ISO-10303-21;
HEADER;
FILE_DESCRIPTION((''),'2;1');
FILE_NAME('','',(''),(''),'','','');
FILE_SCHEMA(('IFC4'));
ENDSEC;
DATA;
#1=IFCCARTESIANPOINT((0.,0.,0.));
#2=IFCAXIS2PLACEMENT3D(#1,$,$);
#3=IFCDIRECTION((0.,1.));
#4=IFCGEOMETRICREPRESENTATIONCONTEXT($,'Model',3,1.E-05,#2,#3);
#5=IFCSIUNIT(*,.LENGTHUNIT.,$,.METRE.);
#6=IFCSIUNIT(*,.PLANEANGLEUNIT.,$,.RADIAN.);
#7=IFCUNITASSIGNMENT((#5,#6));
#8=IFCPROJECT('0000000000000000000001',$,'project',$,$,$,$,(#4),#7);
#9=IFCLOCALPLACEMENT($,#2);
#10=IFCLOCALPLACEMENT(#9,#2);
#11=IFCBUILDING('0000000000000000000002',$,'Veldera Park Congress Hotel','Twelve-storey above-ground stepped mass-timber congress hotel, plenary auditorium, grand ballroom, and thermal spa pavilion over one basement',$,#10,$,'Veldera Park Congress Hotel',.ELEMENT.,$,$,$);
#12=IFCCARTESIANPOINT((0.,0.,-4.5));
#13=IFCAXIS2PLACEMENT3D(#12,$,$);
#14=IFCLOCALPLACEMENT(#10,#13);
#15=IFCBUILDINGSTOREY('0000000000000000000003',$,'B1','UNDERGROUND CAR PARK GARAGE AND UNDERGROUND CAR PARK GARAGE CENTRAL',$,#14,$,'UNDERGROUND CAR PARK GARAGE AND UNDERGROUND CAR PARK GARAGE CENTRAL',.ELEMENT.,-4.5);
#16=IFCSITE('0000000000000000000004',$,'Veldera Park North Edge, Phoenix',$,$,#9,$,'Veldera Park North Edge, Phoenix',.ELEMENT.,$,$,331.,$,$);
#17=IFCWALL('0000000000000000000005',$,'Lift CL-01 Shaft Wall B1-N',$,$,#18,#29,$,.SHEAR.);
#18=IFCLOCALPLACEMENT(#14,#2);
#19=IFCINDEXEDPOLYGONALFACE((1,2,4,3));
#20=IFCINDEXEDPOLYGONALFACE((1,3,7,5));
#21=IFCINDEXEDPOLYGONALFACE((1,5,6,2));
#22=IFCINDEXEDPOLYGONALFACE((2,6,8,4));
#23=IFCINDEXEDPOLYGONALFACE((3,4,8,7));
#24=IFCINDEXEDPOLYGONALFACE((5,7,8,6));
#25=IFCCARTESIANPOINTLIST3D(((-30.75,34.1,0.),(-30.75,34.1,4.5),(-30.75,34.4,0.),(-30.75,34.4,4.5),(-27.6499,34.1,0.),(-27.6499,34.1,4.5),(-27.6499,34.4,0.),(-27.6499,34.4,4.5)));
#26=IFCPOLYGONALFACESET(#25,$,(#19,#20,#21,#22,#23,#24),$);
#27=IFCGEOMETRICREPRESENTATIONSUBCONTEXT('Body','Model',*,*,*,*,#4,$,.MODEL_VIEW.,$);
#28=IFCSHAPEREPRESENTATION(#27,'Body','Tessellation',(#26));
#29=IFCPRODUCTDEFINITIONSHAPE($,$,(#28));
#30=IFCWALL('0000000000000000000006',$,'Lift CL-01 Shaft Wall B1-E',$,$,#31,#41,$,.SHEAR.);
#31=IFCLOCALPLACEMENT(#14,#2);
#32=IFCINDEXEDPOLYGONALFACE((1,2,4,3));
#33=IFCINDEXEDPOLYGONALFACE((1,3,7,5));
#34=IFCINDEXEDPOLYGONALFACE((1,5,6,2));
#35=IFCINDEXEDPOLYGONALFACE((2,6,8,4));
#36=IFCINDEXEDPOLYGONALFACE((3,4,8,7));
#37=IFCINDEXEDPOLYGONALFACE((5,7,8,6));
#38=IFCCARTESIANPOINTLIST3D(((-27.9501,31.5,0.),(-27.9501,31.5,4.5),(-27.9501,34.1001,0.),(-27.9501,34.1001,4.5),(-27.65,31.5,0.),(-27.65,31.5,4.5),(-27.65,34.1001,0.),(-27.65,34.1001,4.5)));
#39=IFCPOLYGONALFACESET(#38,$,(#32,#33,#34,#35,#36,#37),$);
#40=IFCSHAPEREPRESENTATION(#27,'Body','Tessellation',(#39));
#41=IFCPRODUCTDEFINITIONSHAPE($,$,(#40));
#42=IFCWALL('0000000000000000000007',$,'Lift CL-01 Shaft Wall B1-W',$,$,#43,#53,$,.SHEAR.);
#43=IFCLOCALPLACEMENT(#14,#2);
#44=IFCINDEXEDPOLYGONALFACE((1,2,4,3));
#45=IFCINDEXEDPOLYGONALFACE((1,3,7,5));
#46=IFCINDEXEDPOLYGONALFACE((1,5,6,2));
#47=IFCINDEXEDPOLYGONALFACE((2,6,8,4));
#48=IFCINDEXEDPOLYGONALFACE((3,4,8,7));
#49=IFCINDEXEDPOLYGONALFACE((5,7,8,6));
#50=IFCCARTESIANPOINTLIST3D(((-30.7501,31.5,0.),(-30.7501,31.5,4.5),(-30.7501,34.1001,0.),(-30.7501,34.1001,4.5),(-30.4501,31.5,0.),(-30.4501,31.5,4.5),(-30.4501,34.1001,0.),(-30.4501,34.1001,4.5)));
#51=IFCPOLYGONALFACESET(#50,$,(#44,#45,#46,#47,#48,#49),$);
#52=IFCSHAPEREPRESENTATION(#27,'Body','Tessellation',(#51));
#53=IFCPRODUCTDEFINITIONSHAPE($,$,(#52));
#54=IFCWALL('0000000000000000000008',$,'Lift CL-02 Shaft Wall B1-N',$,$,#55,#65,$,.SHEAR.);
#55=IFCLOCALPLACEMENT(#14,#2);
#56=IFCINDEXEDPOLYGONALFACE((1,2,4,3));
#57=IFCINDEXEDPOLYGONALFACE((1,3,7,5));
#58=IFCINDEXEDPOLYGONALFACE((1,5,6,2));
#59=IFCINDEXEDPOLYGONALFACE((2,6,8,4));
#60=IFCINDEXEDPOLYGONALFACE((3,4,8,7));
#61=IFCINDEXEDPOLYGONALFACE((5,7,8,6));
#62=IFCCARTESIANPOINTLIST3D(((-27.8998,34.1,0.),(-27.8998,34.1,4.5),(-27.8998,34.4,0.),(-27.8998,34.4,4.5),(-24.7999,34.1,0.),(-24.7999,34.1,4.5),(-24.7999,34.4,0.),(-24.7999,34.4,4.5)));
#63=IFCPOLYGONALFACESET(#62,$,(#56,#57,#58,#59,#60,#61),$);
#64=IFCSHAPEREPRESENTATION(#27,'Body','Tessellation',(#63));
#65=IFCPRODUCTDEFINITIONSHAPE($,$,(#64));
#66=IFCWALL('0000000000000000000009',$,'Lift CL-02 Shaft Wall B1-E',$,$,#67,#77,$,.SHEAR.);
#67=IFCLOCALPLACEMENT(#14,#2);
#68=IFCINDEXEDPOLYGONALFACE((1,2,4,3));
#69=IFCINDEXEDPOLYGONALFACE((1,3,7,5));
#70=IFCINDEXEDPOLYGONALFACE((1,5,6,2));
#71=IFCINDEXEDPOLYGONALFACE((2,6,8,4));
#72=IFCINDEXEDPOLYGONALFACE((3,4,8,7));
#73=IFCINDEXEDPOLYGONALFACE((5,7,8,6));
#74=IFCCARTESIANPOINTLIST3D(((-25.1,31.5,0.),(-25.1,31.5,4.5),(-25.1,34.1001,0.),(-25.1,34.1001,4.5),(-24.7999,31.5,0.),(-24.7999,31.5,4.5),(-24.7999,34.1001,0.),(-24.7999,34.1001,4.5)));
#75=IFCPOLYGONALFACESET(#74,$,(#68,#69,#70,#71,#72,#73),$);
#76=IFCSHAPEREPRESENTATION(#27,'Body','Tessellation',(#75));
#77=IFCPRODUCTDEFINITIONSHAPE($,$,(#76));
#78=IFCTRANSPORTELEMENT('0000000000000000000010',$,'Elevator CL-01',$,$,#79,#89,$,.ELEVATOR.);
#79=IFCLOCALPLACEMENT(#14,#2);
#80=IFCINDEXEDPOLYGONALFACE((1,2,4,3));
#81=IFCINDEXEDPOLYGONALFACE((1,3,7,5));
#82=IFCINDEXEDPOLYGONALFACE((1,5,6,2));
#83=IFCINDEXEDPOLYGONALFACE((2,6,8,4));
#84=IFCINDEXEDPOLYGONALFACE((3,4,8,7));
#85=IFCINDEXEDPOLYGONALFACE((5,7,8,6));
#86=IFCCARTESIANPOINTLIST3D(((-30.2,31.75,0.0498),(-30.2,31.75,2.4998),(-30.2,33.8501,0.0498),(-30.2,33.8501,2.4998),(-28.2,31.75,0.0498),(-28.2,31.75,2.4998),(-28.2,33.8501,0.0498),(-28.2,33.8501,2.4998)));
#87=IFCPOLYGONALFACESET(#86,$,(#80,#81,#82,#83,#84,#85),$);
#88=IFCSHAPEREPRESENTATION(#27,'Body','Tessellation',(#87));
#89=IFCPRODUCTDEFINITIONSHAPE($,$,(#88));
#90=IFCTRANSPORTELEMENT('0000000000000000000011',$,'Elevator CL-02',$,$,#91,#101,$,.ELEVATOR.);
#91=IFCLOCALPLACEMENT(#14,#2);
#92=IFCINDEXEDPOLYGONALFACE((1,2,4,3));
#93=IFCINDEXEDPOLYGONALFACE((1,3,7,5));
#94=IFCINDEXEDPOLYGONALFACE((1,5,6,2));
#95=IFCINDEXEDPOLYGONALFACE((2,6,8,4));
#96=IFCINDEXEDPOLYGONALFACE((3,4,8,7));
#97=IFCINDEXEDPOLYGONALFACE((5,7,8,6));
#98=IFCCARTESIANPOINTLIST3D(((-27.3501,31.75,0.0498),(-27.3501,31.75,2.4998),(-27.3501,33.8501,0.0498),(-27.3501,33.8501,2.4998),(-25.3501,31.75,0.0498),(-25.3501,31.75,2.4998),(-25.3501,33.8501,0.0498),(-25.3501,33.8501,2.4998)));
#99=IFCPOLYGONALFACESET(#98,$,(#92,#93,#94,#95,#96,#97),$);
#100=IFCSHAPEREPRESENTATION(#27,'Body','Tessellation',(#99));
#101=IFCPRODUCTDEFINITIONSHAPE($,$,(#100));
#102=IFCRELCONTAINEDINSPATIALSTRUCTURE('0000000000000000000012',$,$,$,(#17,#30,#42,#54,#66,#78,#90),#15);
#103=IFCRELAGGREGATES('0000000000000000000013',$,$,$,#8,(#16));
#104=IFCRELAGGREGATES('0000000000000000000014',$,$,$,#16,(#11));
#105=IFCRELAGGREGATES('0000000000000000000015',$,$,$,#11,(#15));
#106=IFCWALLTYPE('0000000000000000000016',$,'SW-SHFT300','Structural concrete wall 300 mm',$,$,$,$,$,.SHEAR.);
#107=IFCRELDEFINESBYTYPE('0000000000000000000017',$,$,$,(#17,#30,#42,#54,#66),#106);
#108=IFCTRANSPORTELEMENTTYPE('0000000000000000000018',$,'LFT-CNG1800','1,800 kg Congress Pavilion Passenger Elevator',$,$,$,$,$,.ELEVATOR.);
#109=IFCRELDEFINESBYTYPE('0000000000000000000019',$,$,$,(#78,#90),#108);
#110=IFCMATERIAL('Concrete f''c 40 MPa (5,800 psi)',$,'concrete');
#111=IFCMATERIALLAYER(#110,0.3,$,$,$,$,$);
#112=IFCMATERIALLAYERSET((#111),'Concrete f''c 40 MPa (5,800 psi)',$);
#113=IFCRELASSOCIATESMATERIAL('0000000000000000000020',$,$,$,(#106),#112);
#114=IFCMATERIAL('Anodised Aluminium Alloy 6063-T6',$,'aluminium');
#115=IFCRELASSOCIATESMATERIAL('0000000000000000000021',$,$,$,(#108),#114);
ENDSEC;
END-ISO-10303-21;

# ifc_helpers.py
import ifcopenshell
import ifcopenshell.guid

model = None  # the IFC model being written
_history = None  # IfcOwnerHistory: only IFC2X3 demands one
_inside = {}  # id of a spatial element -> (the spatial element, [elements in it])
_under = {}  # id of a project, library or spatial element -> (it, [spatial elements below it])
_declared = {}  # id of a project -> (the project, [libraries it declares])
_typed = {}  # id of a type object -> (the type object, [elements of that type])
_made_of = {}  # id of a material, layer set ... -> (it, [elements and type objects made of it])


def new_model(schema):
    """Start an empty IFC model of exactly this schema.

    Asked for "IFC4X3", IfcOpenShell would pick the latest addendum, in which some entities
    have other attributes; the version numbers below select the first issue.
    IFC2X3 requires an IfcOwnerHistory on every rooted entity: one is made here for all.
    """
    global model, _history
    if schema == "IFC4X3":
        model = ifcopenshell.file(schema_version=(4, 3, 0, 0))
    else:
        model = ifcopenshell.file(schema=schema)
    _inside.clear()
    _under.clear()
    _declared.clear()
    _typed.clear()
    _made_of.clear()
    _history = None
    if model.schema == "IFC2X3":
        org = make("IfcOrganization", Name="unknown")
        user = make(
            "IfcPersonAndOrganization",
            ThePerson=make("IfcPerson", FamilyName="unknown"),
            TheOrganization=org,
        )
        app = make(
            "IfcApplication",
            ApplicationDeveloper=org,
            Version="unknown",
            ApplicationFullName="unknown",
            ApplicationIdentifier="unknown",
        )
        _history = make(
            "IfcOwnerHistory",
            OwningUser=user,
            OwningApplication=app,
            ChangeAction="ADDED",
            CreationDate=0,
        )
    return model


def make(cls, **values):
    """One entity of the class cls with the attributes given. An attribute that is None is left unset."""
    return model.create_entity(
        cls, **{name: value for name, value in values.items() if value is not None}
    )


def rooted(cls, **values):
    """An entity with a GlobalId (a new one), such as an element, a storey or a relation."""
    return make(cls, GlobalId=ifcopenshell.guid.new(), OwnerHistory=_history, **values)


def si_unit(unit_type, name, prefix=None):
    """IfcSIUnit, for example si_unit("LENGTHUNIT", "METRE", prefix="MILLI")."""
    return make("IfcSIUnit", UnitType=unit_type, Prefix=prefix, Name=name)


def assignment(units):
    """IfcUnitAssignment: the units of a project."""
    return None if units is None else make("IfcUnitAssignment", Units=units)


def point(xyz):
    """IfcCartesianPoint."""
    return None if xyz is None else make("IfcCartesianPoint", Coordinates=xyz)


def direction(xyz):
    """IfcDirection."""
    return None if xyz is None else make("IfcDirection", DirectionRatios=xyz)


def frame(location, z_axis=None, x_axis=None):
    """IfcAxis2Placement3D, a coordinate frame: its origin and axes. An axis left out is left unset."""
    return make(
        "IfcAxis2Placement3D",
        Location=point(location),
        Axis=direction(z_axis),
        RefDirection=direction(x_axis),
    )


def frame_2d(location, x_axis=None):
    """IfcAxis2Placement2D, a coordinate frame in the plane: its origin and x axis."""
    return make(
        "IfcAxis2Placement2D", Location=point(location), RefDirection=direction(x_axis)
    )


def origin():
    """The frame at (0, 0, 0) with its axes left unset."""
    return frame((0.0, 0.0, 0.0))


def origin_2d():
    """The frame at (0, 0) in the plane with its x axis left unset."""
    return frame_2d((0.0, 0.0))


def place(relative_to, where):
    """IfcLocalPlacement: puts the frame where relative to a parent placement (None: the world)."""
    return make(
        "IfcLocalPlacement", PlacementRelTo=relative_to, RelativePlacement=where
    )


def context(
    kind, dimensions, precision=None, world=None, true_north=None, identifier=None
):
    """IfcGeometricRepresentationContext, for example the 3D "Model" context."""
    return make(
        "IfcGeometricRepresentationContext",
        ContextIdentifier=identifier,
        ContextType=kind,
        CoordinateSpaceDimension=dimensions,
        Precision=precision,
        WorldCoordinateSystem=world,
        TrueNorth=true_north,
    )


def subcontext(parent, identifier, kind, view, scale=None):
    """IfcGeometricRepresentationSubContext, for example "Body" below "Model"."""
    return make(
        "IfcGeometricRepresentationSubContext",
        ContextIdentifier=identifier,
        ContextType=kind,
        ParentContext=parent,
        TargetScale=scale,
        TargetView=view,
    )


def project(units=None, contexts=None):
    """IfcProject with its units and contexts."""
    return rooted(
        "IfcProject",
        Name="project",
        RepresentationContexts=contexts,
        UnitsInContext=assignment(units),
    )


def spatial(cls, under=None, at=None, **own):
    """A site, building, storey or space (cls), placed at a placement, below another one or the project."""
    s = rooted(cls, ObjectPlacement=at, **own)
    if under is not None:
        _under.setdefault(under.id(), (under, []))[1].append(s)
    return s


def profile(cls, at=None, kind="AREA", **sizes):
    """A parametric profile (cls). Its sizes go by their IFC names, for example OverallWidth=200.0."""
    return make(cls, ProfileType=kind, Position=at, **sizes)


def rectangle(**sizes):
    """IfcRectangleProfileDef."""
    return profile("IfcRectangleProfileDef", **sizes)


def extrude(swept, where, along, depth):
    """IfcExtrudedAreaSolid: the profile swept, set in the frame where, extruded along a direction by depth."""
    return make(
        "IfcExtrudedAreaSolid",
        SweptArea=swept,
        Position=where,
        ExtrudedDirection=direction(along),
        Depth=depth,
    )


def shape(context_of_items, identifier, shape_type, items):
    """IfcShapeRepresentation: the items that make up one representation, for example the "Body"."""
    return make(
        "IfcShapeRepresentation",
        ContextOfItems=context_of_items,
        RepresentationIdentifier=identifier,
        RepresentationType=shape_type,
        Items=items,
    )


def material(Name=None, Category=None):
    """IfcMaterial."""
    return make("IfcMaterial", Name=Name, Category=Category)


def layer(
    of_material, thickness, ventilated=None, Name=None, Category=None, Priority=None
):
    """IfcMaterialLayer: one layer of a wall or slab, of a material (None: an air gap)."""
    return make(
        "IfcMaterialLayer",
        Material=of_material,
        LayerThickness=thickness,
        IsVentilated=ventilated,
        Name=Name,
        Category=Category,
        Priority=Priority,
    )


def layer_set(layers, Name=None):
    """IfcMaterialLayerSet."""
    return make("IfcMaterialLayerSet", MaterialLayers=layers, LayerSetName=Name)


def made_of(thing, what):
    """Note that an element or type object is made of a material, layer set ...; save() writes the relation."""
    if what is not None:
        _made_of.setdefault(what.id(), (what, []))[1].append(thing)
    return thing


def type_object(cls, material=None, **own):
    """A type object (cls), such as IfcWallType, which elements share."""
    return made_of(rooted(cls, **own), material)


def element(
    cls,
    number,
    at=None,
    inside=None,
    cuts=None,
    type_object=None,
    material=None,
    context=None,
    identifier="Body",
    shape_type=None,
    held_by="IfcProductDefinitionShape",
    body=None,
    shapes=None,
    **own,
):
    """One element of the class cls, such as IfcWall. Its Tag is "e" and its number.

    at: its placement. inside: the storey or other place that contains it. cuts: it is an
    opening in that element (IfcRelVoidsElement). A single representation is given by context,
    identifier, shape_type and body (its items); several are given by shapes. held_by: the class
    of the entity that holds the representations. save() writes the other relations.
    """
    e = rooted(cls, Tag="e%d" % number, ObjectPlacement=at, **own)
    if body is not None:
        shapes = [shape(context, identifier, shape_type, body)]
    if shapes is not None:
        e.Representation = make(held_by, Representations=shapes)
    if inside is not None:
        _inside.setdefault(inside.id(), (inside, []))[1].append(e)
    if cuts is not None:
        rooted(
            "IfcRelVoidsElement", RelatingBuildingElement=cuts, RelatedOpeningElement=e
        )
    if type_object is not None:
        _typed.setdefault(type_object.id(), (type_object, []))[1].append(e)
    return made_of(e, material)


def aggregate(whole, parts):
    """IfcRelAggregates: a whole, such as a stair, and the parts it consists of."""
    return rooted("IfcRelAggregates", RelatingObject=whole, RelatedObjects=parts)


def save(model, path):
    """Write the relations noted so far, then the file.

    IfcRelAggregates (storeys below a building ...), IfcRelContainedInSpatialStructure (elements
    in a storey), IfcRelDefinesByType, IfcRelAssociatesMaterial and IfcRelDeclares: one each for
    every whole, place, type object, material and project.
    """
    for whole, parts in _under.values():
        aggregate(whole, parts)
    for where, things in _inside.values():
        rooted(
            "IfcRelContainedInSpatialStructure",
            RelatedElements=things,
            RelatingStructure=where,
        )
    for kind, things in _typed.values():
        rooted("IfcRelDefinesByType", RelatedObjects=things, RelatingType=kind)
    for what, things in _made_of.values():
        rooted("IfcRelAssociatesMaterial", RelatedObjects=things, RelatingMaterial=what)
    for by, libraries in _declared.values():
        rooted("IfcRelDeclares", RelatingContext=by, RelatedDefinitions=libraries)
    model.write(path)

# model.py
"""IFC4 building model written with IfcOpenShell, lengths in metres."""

from ifc_helpers import new_model, si_unit, direction, frame, frame_2d, origin, origin_2d, place, context, subcontext, project, spatial, rectangle, extrude, material, layer, layer_set, type_object, element, save


model = new_model("IFC4")

# Units and contexts
model_context = context("Model", 3, precision=1e-05, world=origin(), true_north=direction((0.0, 1.0)))
body_context = subcontext(model_context, "Body", "Model", "MODEL_VIEW")
ifc_project = project(units=[si_unit("LENGTHUNIT", "METRE"), si_unit("PLANEANGLEUNIT", "RADIAN")], contexts=[model_context])

# Site, building, storey
site_placement = place(None, origin())
site = spatial("IfcSite", under=ifc_project, at=site_placement, Name="Veldera Park North Edge, Phoenix", LongName="Veldera Park North Edge, Phoenix", CompositionType="ELEMENT", RefElevation=331.0)
building_placement = place(site_placement, origin())
building = spatial("IfcBuilding", under=site, at=building_placement, Name="Veldera Park Congress Hotel", Description="Twelve-storey above-ground stepped mass-timber congress hotel, plenary auditorium, grand ballroom, and thermal spa pavilion over one basement", LongName="Veldera Park Congress Hotel", CompositionType="ELEMENT")
storey_placement = place(building_placement, frame((0.0, 0.0, -4.5)))
storey = spatial("IfcBuildingStorey", under=building, at=storey_placement, Name="B1", Description="UNDERGROUND CAR PARK GARAGE AND UNDERGROUND CAR PARK GARAGE CENTRAL", LongName="UNDERGROUND CAR PARK GARAGE AND UNDERGROUND CAR PARK GARAGE CENTRAL", CompositionType="ELEMENT", Elevation=-4.5)

# Shared definitions
ifc_material_1 = material(Name="Concrete f'c 40 MPa (5,800 psi)", Category="concrete")

# Walls
ifc_layer_1 = layer(ifc_material_1, 0.3)
ifc_layer_set_1 = layer_set([ifc_layer_1], Name="Concrete f'c 40 MPa (5,800 psi)")
wall_type_1 = type_object("IfcWallType", Name="SW-SHFT300", Description="Structural concrete wall 300 mm", PredefinedType="SHEAR", material=ifc_layer_set_1)
wall_1_placement = place(storey_placement, frame((-27.6499, 34.25, 0.0), z_axis=(0.0, 0.0, 1.0), x_axis=(-1.0, 0.0, 0.0)))
element("IfcWall", 1, at=wall_1_placement, inside=storey, type_object=wall_type_1, Name="Lift CL-01 Shaft Wall B1-N", PredefinedType="SHEAR", context=body_context, shape_type="SweptSolid", body=[
    extrude(rectangle(XDim=3.1001, YDim=0.3, at=frame_2d((1.55, 0.0))), origin(), (0.0, 0.0, 1.0), 4.5),
])
for number, where, z_axis, x_axis, name in (
    (2, (-27.8, 31.5, 0.0), (0.0, 0.0, 1.0), (0.0, 1.0, 0.0), "Lift CL-01 Shaft Wall B1-E"),
    (3, (-30.6001, 34.1001, 0.0), (0.0, 0.0, 1.0), (0.0, -1.0, 0.0), "Lift CL-01 Shaft Wall B1-W"),
):
    element("IfcWall", number, at=place(storey_placement, frame(where, z_axis=z_axis, x_axis=x_axis)), inside=storey, type_object=wall_type_1, Name=name, PredefinedType="SHEAR", context=body_context, shape_type="SweptSolid", body=[
        extrude(rectangle(XDim=2.6001, YDim=0.3, at=frame_2d((1.3, 0.0))), origin(), (0.0, 0.0, 1.0), 4.5),
    ])
wall_2_placement = place(storey_placement, frame((-24.8, 34.25, 0.0), z_axis=(0.0, 0.0, 1.0), x_axis=(-1.0, 0.0, 0.0)))
element("IfcWall", 4, at=wall_2_placement, inside=storey, type_object=wall_type_1, Name="Lift CL-02 Shaft Wall B1-N", PredefinedType="SHEAR", context=body_context, shape_type="SweptSolid", body=[
    extrude(rectangle(XDim=3.0999, YDim=0.3, at=frame_2d((1.5498, 0.0))), origin(), (0.0, 0.0, 1.0), 4.5),
])
wall_3_placement = place(storey_placement, frame((-24.95, 31.5, 0.0), z_axis=(0.0, 0.0, 1.0), x_axis=(0.0, 1.0, 0.0)))
element("IfcWall", 5, at=wall_3_placement, inside=storey, type_object=wall_type_1, Name="Lift CL-02 Shaft Wall B1-E", PredefinedType="SHEAR", context=body_context, shape_type="SweptSolid", body=[
    extrude(rectangle(XDim=2.6001, YDim=0.3, at=frame_2d((1.3, 0.0))), origin(), (0.0, 0.0, 1.0), 4.5),
])

# Transport elements
ifc_material_2 = material(Name="Anodised Aluminium Alloy 6063-T6", Category="aluminium")
transport_element_type = type_object("IfcTransportElementType", Name="LFT-CNG1800", Description="1,800 kg Congress Pavilion Passenger Elevator", PredefinedType="ELEVATOR", material=ifc_material_2)
for number, where, z_axis, x_axis, name in (
    (6, (-29.2, 32.8, 0.0498), (0.0, 0.0, 1.0), (1.0, 0.0, 0.0), "Elevator CL-01"),
    (7, (-26.3501, 32.8, 0.0498), (0.0, 0.0, 1.0), (1.0, 0.0, 0.0), "Elevator CL-02"),
):
    element("IfcTransportElement", number, at=place(storey_placement, frame(where, z_axis=z_axis, x_axis=x_axis)), inside=storey, type_object=transport_element_type, Name=name, PredefinedType="ELEVATOR", context=body_context, shape_type="SweptSolid", body=[
        extrude(rectangle(XDim=2.0, YDim=2.1001, at=origin_2d()), origin(), (0.0, 0.0, 1.0), 2.45),
    ])

save(model, "model.ifc")
